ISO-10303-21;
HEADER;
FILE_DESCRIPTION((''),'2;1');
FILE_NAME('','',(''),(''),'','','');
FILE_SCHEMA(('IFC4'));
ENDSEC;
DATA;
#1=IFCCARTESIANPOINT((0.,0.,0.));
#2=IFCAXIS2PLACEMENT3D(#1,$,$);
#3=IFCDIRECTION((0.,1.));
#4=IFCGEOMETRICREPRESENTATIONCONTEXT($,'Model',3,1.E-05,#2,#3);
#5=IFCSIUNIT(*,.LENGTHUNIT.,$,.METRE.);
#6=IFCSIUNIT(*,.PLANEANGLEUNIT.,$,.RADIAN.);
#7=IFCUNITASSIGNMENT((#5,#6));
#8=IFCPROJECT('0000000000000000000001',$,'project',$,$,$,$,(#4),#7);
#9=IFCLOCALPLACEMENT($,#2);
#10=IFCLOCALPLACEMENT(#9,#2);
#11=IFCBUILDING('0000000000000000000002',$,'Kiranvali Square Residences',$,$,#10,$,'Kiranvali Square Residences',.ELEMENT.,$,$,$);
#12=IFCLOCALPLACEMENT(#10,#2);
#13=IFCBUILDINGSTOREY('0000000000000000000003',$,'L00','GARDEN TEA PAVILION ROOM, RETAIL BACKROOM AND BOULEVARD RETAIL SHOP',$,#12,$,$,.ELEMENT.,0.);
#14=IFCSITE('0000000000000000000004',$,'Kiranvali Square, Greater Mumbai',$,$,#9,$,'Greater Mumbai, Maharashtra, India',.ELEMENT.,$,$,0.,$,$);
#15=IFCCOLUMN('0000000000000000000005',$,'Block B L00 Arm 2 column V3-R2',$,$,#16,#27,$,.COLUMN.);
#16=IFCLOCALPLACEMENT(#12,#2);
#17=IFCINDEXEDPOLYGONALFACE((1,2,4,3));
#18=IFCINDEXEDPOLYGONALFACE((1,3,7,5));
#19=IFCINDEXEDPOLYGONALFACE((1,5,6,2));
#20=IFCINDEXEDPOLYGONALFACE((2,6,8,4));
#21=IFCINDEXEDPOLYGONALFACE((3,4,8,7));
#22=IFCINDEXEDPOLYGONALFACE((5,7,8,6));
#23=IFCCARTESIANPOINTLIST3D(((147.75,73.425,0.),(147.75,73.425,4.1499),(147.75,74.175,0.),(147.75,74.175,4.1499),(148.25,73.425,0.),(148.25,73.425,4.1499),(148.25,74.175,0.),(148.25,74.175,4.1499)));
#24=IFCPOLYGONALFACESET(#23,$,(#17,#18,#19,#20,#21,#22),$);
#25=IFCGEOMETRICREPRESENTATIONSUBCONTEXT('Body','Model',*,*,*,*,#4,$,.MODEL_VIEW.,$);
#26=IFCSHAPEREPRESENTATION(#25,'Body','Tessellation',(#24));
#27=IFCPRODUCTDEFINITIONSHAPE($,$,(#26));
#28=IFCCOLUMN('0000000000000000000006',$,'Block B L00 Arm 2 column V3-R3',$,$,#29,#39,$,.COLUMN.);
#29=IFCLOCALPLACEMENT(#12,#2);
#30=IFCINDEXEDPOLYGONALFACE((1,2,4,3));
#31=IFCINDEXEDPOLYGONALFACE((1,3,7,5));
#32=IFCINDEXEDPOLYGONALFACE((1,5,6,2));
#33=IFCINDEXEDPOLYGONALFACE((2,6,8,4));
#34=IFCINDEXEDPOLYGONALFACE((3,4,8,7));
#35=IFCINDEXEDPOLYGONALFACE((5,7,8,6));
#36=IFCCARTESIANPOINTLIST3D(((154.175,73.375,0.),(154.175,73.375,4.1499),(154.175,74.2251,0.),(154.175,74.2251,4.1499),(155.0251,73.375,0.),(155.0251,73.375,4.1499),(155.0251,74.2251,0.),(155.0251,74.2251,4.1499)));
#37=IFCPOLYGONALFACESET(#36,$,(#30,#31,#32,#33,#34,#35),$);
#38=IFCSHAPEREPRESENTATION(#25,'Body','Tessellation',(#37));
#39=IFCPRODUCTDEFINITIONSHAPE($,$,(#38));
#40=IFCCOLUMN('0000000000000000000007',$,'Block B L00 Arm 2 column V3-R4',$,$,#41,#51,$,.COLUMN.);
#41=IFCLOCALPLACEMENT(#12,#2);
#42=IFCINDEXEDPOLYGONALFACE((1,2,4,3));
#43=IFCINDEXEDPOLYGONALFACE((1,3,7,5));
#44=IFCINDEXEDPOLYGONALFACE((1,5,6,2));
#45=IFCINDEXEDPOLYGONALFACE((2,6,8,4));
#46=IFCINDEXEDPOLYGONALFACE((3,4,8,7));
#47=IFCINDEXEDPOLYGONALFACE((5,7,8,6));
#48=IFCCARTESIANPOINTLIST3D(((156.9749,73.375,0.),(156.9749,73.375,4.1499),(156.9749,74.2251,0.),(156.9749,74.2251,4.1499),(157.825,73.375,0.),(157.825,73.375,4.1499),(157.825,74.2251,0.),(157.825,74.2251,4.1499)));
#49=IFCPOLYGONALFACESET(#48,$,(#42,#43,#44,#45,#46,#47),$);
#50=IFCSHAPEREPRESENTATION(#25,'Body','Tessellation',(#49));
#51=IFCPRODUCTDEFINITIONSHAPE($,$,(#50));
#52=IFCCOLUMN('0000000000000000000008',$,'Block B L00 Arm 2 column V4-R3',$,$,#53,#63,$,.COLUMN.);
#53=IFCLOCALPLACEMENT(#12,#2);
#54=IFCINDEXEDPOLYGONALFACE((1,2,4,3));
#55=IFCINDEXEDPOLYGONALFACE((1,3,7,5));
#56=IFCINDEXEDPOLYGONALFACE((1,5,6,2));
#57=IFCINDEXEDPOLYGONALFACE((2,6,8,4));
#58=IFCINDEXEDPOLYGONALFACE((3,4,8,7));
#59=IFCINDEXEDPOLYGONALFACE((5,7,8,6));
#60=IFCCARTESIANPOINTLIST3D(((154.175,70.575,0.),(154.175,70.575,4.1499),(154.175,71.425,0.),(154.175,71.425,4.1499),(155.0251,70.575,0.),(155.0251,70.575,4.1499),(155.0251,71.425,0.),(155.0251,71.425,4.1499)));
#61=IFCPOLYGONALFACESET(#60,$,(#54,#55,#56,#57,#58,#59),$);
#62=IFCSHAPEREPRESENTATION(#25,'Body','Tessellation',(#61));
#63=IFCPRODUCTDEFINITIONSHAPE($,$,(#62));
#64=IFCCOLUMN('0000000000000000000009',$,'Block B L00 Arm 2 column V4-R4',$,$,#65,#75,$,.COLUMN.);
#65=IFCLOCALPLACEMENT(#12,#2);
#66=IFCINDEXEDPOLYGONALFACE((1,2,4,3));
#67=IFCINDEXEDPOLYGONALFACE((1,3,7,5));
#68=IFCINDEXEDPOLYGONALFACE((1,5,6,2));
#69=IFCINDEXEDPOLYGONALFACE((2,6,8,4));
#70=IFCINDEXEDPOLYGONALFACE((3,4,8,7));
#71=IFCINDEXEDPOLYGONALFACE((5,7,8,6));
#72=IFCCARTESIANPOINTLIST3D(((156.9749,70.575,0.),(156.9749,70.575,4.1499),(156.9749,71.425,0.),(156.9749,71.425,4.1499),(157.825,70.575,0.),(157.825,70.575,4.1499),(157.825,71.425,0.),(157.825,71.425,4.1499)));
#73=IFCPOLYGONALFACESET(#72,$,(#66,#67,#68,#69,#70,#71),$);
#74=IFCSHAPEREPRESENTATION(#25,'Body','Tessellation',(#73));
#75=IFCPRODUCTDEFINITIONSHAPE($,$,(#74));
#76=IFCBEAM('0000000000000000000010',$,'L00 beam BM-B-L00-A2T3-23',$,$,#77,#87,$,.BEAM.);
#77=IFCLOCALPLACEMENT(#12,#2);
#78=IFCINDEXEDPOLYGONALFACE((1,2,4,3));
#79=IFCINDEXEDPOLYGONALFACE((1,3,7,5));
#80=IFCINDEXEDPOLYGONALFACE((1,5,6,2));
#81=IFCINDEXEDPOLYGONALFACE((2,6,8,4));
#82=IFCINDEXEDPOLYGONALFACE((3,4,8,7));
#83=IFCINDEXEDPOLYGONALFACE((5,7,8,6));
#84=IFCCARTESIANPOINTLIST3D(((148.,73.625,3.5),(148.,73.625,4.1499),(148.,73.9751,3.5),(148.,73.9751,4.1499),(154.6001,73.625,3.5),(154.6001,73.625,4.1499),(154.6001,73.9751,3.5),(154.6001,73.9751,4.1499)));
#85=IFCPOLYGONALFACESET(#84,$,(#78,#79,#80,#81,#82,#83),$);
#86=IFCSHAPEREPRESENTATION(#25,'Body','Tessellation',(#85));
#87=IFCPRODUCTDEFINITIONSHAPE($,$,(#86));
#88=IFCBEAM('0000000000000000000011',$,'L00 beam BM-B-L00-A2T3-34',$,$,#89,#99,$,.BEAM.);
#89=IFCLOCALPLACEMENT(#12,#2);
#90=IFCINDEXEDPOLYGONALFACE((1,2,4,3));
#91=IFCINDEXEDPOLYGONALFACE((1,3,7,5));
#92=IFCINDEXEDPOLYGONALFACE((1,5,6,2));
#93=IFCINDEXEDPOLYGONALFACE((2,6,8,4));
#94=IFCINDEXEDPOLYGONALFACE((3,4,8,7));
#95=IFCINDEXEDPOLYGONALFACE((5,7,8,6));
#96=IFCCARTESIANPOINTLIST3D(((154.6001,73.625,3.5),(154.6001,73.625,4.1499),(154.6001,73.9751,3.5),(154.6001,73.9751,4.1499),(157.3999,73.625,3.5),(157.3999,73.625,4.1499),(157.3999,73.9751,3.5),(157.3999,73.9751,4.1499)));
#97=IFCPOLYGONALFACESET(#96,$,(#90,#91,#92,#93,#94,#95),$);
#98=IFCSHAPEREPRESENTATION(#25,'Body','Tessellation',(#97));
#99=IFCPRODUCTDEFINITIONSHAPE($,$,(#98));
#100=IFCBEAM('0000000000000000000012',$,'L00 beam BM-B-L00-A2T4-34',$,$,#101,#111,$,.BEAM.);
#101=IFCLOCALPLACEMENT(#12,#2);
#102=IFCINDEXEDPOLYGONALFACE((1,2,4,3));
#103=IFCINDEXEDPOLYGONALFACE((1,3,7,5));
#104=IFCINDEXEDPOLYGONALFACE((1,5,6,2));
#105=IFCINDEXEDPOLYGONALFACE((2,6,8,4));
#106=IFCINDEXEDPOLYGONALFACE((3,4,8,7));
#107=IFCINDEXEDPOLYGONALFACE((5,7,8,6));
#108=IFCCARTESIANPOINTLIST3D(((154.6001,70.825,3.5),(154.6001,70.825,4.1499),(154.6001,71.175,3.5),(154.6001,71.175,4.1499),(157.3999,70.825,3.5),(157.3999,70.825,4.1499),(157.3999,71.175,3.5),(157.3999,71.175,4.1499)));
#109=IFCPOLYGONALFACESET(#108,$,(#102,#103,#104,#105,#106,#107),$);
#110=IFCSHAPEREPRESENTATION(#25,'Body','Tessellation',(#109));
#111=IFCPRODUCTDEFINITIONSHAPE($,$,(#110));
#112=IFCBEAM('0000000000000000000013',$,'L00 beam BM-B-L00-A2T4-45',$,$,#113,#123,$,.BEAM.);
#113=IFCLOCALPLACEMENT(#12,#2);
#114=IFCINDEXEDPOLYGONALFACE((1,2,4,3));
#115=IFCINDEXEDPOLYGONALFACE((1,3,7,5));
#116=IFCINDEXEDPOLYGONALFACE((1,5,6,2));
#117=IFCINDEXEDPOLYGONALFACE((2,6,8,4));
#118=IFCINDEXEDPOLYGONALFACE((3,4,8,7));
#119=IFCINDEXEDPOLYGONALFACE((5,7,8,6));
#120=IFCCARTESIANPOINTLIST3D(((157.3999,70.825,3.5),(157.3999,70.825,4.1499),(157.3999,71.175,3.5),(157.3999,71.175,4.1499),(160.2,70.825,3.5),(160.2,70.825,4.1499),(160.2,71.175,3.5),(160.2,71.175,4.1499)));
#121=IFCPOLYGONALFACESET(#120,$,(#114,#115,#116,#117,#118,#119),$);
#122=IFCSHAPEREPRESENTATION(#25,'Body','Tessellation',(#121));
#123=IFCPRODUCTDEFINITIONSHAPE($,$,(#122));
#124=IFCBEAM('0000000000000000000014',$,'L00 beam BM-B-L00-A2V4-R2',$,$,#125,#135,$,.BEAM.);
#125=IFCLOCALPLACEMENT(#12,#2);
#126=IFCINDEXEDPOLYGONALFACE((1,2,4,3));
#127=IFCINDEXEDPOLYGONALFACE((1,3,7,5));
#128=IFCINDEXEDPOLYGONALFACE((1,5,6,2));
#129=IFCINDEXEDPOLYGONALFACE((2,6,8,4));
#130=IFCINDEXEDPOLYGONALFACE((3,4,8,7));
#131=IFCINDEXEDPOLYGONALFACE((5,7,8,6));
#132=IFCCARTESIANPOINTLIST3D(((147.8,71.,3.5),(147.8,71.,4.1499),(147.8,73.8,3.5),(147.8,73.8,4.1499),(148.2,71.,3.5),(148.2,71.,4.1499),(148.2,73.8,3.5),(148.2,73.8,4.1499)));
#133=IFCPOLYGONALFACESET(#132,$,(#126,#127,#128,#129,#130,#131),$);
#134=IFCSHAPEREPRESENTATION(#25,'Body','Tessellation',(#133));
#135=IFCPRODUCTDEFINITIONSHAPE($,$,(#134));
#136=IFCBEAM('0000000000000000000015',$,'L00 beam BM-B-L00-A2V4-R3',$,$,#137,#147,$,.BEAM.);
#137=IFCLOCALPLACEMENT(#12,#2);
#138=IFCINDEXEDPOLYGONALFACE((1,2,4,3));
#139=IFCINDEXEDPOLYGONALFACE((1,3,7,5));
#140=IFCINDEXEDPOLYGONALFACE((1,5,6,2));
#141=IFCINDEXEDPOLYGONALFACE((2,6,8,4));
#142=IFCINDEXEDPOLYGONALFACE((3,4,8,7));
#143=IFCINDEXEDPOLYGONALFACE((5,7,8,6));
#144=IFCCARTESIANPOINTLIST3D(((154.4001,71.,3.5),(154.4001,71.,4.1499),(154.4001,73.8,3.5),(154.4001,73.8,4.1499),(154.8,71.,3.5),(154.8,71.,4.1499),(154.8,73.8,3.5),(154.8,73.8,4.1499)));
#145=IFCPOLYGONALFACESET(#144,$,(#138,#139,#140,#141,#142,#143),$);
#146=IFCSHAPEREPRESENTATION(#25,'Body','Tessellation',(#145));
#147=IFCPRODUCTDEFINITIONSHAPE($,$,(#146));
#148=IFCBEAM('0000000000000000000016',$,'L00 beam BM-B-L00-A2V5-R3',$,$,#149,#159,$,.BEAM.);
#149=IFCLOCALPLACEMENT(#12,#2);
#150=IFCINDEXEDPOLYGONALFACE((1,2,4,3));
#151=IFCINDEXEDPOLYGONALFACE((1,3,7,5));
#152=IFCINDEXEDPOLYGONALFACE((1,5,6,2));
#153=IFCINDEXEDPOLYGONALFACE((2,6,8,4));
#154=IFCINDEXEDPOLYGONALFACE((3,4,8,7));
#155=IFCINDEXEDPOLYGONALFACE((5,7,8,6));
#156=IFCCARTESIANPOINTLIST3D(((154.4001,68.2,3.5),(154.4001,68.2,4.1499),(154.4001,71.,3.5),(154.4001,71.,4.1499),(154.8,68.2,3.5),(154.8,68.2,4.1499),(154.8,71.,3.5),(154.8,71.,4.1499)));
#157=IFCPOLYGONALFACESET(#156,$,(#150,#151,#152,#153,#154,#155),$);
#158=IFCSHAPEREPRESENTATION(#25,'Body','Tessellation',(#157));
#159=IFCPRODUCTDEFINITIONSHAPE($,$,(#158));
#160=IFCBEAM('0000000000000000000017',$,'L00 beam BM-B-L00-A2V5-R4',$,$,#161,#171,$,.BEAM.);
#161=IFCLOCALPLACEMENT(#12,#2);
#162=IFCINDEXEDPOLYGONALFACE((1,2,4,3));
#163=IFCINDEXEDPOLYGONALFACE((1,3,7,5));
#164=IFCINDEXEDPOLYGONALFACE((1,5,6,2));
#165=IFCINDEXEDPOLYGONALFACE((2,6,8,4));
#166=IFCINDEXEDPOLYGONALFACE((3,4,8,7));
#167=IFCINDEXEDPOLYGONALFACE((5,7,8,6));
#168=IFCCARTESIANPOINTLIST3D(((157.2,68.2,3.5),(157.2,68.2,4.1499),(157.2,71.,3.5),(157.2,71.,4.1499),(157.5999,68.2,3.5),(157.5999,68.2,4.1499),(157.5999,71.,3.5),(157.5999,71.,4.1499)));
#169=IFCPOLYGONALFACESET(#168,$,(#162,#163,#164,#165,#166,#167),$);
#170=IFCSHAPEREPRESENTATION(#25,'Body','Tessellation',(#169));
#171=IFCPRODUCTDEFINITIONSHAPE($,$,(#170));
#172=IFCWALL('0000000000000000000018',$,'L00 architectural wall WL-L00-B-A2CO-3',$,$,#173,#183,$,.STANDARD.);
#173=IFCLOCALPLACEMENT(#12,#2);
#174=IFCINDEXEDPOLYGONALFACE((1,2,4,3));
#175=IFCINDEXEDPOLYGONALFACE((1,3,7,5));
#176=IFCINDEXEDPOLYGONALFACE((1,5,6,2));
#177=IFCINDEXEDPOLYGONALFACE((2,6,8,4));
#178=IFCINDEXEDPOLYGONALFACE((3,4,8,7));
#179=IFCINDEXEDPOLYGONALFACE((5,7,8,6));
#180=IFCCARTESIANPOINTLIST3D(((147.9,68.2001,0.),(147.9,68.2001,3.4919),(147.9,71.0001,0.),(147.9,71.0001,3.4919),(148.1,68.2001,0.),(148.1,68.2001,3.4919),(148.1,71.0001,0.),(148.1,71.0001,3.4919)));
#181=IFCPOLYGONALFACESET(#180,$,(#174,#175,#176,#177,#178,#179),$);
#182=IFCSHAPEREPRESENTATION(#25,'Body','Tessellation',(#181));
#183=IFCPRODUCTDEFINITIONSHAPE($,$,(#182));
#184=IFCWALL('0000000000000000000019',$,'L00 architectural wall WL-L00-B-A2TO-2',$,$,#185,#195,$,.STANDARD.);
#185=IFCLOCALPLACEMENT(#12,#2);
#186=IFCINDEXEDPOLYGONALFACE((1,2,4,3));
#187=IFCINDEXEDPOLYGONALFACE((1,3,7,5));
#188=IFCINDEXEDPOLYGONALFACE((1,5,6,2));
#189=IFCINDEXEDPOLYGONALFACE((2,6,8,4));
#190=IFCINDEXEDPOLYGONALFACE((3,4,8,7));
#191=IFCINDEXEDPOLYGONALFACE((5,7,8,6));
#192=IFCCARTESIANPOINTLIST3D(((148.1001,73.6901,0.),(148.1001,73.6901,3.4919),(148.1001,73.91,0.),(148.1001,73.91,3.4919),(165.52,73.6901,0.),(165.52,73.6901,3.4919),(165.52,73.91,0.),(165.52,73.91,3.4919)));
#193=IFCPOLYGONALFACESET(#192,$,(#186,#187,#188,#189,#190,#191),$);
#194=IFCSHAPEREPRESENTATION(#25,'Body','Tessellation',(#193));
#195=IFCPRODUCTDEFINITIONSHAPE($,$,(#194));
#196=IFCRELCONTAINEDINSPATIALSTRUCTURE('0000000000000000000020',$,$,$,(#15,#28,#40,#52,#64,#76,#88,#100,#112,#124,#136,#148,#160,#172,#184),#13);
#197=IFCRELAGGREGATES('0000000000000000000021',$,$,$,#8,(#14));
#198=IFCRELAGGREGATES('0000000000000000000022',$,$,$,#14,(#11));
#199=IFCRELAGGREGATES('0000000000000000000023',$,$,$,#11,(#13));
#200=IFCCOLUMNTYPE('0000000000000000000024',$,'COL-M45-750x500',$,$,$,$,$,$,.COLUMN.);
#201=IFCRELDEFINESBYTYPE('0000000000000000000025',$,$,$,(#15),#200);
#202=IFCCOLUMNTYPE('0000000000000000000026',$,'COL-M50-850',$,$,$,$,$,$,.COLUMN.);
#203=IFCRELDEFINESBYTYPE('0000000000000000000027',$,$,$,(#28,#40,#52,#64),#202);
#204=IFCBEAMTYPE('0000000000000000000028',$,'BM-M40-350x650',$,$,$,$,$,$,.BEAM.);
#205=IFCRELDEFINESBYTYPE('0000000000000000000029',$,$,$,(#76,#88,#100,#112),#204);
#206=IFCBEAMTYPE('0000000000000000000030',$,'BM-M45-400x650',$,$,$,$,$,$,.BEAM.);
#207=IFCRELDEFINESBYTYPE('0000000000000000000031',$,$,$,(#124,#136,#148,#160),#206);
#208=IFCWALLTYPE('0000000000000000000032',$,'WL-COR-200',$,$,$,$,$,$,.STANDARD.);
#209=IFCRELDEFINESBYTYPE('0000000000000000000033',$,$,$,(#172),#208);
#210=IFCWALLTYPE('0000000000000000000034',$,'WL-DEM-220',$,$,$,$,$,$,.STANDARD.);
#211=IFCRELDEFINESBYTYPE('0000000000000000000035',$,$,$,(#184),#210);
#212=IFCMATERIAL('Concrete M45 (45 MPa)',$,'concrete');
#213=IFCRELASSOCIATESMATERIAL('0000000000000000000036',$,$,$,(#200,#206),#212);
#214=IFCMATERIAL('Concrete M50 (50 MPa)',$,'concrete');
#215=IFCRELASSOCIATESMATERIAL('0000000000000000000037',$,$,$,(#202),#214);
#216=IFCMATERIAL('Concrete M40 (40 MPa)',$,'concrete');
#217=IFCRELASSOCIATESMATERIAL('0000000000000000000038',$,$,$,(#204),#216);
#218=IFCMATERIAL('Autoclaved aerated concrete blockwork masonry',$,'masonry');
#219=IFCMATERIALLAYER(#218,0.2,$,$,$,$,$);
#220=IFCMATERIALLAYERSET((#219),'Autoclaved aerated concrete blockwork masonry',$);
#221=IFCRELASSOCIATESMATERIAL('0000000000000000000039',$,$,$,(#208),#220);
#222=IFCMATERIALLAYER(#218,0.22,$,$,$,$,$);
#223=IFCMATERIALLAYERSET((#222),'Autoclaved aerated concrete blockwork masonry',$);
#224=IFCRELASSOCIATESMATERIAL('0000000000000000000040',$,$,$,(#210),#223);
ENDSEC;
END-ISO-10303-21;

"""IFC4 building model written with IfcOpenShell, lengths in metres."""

from ifc_helpers import new_model, si_unit, direction, frame, frame_2d, origin, origin_2d, place, context, subcontext, project, spatial, rectangle, extrude, material, layer, layer_set, material_profile, profile_set, type_object, element, save


model = new_model("IFC4")

# Units and contexts
model_context = context("Model", 3, precision=1e-05, world=origin(), true_north=direction((0.0, 1.0)))
body_context = subcontext(model_context, "Body", "Model", "MODEL_VIEW")
ifc_project = project(units=[si_unit("LENGTHUNIT", "METRE"), si_unit("PLANEANGLEUNIT", "RADIAN")], contexts=[model_context])

# Site, building, storey
site_placement = place(None, origin())
site = spatial("IfcSite", under=ifc_project, at=site_placement, Name="Kiranvali Square, Greater Mumbai", LongName="Greater Mumbai, Maharashtra, India", CompositionType="ELEMENT", RefElevation=0.0)
building_placement = place(site_placement, origin())
building = spatial("IfcBuilding", under=site, at=building_placement, Name="Kiranvali Square Residences", LongName="Kiranvali Square Residences", CompositionType="ELEMENT")
storey_placement = place(building_placement, origin())
storey = spatial("IfcBuildingStorey", under=building, at=storey_placement, Name="L00", Description="GARDEN TEA PAVILION ROOM, RETAIL BACKROOM AND BOULEVARD RETAIL SHOP", CompositionType="ELEMENT", Elevation=0.0)

# Columns
ifc_material_1 = material(Name="Concrete M45 (45 MPa)", Category="concrete")
ifc_material_profile_1 = material_profile(ifc_material_1, rectangle(XDim=0.5, YDim=0.75, at=origin_2d()), Name="RC 750x500")
ifc_profile_set_1 = profile_set([ifc_material_profile_1], Name="Concrete M45 (45 MPa)")
column_type_1 = type_object("IfcColumnType", Name="COL-M45-750x500", PredefinedType="COLUMN", material=ifc_profile_set_1)
column_placement = place(storey_placement, frame((148.0, 73.8, 0.0), z_axis=(0.0, 0.0, 1.0), x_axis=(1.0, 0.0, 0.0)))
element("IfcColumn", 1, at=column_placement, inside=storey, type_object=column_type_1, Name="Block B L00 Arm 2 column V3-R2", PredefinedType="COLUMN", context=body_context, shape_type="SweptSolid", body=[
    extrude(rectangle(XDim=0.5, YDim=0.75, at=origin_2d()), origin(), (0.0, 0.0, 1.0), 4.1499),
])
ifc_material_2 = material(Name="Concrete M50 (50 MPa)", Category="concrete")
ifc_material_profile_2 = material_profile(ifc_material_2, rectangle(XDim=0.8501, YDim=0.8501, at=origin_2d()), Name="RC 850x850")
ifc_profile_set_2 = profile_set([ifc_material_profile_2], Name="Concrete M50 (50 MPa)")
column_type_2 = type_object("IfcColumnType", Name="COL-M50-850", PredefinedType="COLUMN", material=ifc_profile_set_2)
for number, where, z_axis, x_axis, name in (
    (2, (154.6001, 73.8, 0.0), (0.0, 0.0, 1.0), (1.0, 0.0, 0.0), "Block B L00 Arm 2 column V3-R3"),
    (3, (157.3999, 73.8, 0.0), (0.0, 0.0, 1.0), (1.0, 0.0, 0.0), "Block B L00 Arm 2 column V3-R4"),
    (4, (154.6001, 71.0, 0.0), (0.0, 0.0, 1.0), (1.0, 0.0, 0.0), "Block B L00 Arm 2 column V4-R3"),
    (5, (157.3999, 71.0, 0.0), (0.0, 0.0, 1.0), (1.0, 0.0, 0.0), "Block B L00 Arm 2 column V4-R4"),
):
    element("IfcColumn", number, at=place(storey_placement, frame(where, z_axis=z_axis, x_axis=x_axis)), inside=storey, type_object=column_type_2, Name=name, PredefinedType="COLUMN", context=body_context, shape_type="SweptSolid", body=[
        extrude(rectangle(XDim=0.8501, YDim=0.8501, at=origin_2d()), origin(), (0.0, 0.0, 1.0), 4.1499),
    ])

# Beams
ifc_material_3 = material(Name="Concrete M40 (40 MPa)", Category="concrete")
ifc_material_profile_3 = material_profile(ifc_material_3, rectangle(XDim=0.3501, YDim=0.6499, at=origin_2d()), Name="RC 350x650")
ifc_profile_set_3 = profile_set([ifc_material_profile_3], Name="Concrete M40 (40 MPa)")
beam_type_1 = type_object("IfcBeamType", Name="BM-M40-350x650", PredefinedType="BEAM", material=ifc_profile_set_3)
beam_1_placement = place(storey_placement, frame((148.0, 73.8, 3.825), z_axis=(1.0, 0.0, 0.0), x_axis=(0.0, 1.0, 0.0)))
element("IfcBeam", 6, at=beam_1_placement, inside=storey, type_object=beam_type_1, Name="L00 beam BM-B-L00-A2T3-23", PredefinedType="BEAM", context=body_context, shape_type="SweptSolid", body=[
    extrude(rectangle(XDim=0.3501, YDim=0.6499, at=origin_2d()), origin(), (0.0, 0.0, 1.0), 6.6001),
])
for number, where, z_axis, x_axis, name in (
    (7, (154.6001, 73.8, 3.825), (1.0, 0.0, 0.0), (0.0, 1.0, 0.0), "L00 beam BM-B-L00-A2T3-34"),
    (8, (154.6001, 71.0, 3.825), (1.0, 0.0, 0.0), (0.0, 1.0, 0.0), "L00 beam BM-B-L00-A2T4-34"),
):
    element("IfcBeam", number, at=place(storey_placement, frame(where, z_axis=z_axis, x_axis=x_axis)), inside=storey, type_object=beam_type_1, Name=name, PredefinedType="BEAM", context=body_context, shape_type="SweptSolid", body=[
        extrude(rectangle(XDim=0.3501, YDim=0.6499, at=origin_2d()), origin(), (0.0, 0.0, 1.0), 2.7998),
    ])
beam_2_placement = place(storey_placement, frame((157.3999, 71.0, 3.825), z_axis=(1.0, 0.0, 0.0), x_axis=(0.0, 1.0, 0.0)))
element("IfcBeam", 9, at=beam_2_placement, inside=storey, type_object=beam_type_1, Name="L00 beam BM-B-L00-A2T4-45", PredefinedType="BEAM", context=body_context, shape_type="SweptSolid", body=[
    extrude(rectangle(XDim=0.3501, YDim=0.6499, at=origin_2d()), origin(), (0.0, 0.0, 1.0), 2.8),
])
ifc_material_profile_4 = material_profile(ifc_material_1, rectangle(XDim=0.3999, YDim=0.6499, at=origin_2d()), Name="RC 400x650")
ifc_profile_set_4 = profile_set([ifc_material_profile_4], Name="Concrete M45 (45 MPa)")
beam_type_2 = type_object("IfcBeamType", Name="BM-M45-400x650", PredefinedType="BEAM", material=ifc_profile_set_4)
for number, where, z_axis, x_axis, name in (
    (10, (148.0, 73.8, 3.825), (0.0, -1.0, 0.0), (1.0, 0.0, 0.0), "L00 beam BM-B-L00-A2V4-R2"),
    (11, (154.6001, 73.8, 3.825), (0.0, -1.0, 0.0), (1.0, 0.0, 0.0), "L00 beam BM-B-L00-A2V4-R3"),
    (12, (154.6001, 71.0, 3.825), (0.0, -1.0, 0.0), (1.0, 0.0, 0.0), "L00 beam BM-B-L00-A2V5-R3"),
    (13, (157.3999, 71.0, 3.825), (0.0, -1.0, 0.0), (1.0, 0.0, 0.0), "L00 beam BM-B-L00-A2V5-R4"),
):
    element("IfcBeam", number, at=place(storey_placement, frame(where, z_axis=z_axis, x_axis=x_axis)), inside=storey, type_object=beam_type_2, Name=name, PredefinedType="BEAM", context=body_context, shape_type="SweptSolid", body=[
        extrude(rectangle(XDim=0.3999, YDim=0.6499, at=origin_2d()), origin(), (0.0, 0.0, 1.0), 2.8),
    ])

# Shared definitions
ifc_material_4 = material(Name="Autoclaved aerated concrete blockwork masonry", Category="masonry")
ifc_layer_1 = layer(ifc_material_4, 0.2)
ifc_layer_set_1 = layer_set([ifc_layer_1], Name="Autoclaved aerated concrete blockwork masonry")
wall_type_1 = type_object("IfcWallType", Name="WL-COR-200", PredefinedType="STANDARD", material=ifc_layer_set_1)

# Walls
wall_1_placement = place(storey_placement, frame((148.0, 71.0, 0.0), z_axis=(0.0, 0.0, 1.0), x_axis=(0.0, -1.0, 0.0)))
element("IfcWall", 14, at=wall_1_placement, inside=storey, type_object=wall_type_1, Name="L00 architectural wall WL-L00-B-A2CO-3", PredefinedType="STANDARD", context=body_context, shape_type="SweptSolid", body=[
    extrude(rectangle(XDim=2.8, YDim=0.2, at=frame_2d((1.3999, 0.0))), origin(), (0.0, 0.0, 1.0), 3.4919),
])
ifc_layer_2 = layer(ifc_material_4, 0.22)
ifc_layer_set_2 = layer_set([ifc_layer_2], Name="Autoclaved aerated concrete blockwork masonry")
wall_type_2 = type_object("IfcWallType", Name="WL-DEM-220", PredefinedType="STANDARD", material=ifc_layer_set_2)
wall_2_placement = place(storey_placement, frame((148.1001, 73.8, 0.0), z_axis=(0.0, 0.0, 1.0), x_axis=(1.0, 0.0, 0.0)))
element("IfcWall", 15, at=wall_2_placement, inside=storey, type_object=wall_type_2, Name="L00 architectural wall WL-L00-B-A2TO-2", PredefinedType="STANDARD", context=body_context, shape_type="SweptSolid", body=[
    extrude(rectangle(XDim=17.4199, YDim=0.22, at=frame_2d((8.71, 0.0))), origin(), (0.0, 0.0, 1.0), 3.4919),
])

save(model, "model.ifc")
